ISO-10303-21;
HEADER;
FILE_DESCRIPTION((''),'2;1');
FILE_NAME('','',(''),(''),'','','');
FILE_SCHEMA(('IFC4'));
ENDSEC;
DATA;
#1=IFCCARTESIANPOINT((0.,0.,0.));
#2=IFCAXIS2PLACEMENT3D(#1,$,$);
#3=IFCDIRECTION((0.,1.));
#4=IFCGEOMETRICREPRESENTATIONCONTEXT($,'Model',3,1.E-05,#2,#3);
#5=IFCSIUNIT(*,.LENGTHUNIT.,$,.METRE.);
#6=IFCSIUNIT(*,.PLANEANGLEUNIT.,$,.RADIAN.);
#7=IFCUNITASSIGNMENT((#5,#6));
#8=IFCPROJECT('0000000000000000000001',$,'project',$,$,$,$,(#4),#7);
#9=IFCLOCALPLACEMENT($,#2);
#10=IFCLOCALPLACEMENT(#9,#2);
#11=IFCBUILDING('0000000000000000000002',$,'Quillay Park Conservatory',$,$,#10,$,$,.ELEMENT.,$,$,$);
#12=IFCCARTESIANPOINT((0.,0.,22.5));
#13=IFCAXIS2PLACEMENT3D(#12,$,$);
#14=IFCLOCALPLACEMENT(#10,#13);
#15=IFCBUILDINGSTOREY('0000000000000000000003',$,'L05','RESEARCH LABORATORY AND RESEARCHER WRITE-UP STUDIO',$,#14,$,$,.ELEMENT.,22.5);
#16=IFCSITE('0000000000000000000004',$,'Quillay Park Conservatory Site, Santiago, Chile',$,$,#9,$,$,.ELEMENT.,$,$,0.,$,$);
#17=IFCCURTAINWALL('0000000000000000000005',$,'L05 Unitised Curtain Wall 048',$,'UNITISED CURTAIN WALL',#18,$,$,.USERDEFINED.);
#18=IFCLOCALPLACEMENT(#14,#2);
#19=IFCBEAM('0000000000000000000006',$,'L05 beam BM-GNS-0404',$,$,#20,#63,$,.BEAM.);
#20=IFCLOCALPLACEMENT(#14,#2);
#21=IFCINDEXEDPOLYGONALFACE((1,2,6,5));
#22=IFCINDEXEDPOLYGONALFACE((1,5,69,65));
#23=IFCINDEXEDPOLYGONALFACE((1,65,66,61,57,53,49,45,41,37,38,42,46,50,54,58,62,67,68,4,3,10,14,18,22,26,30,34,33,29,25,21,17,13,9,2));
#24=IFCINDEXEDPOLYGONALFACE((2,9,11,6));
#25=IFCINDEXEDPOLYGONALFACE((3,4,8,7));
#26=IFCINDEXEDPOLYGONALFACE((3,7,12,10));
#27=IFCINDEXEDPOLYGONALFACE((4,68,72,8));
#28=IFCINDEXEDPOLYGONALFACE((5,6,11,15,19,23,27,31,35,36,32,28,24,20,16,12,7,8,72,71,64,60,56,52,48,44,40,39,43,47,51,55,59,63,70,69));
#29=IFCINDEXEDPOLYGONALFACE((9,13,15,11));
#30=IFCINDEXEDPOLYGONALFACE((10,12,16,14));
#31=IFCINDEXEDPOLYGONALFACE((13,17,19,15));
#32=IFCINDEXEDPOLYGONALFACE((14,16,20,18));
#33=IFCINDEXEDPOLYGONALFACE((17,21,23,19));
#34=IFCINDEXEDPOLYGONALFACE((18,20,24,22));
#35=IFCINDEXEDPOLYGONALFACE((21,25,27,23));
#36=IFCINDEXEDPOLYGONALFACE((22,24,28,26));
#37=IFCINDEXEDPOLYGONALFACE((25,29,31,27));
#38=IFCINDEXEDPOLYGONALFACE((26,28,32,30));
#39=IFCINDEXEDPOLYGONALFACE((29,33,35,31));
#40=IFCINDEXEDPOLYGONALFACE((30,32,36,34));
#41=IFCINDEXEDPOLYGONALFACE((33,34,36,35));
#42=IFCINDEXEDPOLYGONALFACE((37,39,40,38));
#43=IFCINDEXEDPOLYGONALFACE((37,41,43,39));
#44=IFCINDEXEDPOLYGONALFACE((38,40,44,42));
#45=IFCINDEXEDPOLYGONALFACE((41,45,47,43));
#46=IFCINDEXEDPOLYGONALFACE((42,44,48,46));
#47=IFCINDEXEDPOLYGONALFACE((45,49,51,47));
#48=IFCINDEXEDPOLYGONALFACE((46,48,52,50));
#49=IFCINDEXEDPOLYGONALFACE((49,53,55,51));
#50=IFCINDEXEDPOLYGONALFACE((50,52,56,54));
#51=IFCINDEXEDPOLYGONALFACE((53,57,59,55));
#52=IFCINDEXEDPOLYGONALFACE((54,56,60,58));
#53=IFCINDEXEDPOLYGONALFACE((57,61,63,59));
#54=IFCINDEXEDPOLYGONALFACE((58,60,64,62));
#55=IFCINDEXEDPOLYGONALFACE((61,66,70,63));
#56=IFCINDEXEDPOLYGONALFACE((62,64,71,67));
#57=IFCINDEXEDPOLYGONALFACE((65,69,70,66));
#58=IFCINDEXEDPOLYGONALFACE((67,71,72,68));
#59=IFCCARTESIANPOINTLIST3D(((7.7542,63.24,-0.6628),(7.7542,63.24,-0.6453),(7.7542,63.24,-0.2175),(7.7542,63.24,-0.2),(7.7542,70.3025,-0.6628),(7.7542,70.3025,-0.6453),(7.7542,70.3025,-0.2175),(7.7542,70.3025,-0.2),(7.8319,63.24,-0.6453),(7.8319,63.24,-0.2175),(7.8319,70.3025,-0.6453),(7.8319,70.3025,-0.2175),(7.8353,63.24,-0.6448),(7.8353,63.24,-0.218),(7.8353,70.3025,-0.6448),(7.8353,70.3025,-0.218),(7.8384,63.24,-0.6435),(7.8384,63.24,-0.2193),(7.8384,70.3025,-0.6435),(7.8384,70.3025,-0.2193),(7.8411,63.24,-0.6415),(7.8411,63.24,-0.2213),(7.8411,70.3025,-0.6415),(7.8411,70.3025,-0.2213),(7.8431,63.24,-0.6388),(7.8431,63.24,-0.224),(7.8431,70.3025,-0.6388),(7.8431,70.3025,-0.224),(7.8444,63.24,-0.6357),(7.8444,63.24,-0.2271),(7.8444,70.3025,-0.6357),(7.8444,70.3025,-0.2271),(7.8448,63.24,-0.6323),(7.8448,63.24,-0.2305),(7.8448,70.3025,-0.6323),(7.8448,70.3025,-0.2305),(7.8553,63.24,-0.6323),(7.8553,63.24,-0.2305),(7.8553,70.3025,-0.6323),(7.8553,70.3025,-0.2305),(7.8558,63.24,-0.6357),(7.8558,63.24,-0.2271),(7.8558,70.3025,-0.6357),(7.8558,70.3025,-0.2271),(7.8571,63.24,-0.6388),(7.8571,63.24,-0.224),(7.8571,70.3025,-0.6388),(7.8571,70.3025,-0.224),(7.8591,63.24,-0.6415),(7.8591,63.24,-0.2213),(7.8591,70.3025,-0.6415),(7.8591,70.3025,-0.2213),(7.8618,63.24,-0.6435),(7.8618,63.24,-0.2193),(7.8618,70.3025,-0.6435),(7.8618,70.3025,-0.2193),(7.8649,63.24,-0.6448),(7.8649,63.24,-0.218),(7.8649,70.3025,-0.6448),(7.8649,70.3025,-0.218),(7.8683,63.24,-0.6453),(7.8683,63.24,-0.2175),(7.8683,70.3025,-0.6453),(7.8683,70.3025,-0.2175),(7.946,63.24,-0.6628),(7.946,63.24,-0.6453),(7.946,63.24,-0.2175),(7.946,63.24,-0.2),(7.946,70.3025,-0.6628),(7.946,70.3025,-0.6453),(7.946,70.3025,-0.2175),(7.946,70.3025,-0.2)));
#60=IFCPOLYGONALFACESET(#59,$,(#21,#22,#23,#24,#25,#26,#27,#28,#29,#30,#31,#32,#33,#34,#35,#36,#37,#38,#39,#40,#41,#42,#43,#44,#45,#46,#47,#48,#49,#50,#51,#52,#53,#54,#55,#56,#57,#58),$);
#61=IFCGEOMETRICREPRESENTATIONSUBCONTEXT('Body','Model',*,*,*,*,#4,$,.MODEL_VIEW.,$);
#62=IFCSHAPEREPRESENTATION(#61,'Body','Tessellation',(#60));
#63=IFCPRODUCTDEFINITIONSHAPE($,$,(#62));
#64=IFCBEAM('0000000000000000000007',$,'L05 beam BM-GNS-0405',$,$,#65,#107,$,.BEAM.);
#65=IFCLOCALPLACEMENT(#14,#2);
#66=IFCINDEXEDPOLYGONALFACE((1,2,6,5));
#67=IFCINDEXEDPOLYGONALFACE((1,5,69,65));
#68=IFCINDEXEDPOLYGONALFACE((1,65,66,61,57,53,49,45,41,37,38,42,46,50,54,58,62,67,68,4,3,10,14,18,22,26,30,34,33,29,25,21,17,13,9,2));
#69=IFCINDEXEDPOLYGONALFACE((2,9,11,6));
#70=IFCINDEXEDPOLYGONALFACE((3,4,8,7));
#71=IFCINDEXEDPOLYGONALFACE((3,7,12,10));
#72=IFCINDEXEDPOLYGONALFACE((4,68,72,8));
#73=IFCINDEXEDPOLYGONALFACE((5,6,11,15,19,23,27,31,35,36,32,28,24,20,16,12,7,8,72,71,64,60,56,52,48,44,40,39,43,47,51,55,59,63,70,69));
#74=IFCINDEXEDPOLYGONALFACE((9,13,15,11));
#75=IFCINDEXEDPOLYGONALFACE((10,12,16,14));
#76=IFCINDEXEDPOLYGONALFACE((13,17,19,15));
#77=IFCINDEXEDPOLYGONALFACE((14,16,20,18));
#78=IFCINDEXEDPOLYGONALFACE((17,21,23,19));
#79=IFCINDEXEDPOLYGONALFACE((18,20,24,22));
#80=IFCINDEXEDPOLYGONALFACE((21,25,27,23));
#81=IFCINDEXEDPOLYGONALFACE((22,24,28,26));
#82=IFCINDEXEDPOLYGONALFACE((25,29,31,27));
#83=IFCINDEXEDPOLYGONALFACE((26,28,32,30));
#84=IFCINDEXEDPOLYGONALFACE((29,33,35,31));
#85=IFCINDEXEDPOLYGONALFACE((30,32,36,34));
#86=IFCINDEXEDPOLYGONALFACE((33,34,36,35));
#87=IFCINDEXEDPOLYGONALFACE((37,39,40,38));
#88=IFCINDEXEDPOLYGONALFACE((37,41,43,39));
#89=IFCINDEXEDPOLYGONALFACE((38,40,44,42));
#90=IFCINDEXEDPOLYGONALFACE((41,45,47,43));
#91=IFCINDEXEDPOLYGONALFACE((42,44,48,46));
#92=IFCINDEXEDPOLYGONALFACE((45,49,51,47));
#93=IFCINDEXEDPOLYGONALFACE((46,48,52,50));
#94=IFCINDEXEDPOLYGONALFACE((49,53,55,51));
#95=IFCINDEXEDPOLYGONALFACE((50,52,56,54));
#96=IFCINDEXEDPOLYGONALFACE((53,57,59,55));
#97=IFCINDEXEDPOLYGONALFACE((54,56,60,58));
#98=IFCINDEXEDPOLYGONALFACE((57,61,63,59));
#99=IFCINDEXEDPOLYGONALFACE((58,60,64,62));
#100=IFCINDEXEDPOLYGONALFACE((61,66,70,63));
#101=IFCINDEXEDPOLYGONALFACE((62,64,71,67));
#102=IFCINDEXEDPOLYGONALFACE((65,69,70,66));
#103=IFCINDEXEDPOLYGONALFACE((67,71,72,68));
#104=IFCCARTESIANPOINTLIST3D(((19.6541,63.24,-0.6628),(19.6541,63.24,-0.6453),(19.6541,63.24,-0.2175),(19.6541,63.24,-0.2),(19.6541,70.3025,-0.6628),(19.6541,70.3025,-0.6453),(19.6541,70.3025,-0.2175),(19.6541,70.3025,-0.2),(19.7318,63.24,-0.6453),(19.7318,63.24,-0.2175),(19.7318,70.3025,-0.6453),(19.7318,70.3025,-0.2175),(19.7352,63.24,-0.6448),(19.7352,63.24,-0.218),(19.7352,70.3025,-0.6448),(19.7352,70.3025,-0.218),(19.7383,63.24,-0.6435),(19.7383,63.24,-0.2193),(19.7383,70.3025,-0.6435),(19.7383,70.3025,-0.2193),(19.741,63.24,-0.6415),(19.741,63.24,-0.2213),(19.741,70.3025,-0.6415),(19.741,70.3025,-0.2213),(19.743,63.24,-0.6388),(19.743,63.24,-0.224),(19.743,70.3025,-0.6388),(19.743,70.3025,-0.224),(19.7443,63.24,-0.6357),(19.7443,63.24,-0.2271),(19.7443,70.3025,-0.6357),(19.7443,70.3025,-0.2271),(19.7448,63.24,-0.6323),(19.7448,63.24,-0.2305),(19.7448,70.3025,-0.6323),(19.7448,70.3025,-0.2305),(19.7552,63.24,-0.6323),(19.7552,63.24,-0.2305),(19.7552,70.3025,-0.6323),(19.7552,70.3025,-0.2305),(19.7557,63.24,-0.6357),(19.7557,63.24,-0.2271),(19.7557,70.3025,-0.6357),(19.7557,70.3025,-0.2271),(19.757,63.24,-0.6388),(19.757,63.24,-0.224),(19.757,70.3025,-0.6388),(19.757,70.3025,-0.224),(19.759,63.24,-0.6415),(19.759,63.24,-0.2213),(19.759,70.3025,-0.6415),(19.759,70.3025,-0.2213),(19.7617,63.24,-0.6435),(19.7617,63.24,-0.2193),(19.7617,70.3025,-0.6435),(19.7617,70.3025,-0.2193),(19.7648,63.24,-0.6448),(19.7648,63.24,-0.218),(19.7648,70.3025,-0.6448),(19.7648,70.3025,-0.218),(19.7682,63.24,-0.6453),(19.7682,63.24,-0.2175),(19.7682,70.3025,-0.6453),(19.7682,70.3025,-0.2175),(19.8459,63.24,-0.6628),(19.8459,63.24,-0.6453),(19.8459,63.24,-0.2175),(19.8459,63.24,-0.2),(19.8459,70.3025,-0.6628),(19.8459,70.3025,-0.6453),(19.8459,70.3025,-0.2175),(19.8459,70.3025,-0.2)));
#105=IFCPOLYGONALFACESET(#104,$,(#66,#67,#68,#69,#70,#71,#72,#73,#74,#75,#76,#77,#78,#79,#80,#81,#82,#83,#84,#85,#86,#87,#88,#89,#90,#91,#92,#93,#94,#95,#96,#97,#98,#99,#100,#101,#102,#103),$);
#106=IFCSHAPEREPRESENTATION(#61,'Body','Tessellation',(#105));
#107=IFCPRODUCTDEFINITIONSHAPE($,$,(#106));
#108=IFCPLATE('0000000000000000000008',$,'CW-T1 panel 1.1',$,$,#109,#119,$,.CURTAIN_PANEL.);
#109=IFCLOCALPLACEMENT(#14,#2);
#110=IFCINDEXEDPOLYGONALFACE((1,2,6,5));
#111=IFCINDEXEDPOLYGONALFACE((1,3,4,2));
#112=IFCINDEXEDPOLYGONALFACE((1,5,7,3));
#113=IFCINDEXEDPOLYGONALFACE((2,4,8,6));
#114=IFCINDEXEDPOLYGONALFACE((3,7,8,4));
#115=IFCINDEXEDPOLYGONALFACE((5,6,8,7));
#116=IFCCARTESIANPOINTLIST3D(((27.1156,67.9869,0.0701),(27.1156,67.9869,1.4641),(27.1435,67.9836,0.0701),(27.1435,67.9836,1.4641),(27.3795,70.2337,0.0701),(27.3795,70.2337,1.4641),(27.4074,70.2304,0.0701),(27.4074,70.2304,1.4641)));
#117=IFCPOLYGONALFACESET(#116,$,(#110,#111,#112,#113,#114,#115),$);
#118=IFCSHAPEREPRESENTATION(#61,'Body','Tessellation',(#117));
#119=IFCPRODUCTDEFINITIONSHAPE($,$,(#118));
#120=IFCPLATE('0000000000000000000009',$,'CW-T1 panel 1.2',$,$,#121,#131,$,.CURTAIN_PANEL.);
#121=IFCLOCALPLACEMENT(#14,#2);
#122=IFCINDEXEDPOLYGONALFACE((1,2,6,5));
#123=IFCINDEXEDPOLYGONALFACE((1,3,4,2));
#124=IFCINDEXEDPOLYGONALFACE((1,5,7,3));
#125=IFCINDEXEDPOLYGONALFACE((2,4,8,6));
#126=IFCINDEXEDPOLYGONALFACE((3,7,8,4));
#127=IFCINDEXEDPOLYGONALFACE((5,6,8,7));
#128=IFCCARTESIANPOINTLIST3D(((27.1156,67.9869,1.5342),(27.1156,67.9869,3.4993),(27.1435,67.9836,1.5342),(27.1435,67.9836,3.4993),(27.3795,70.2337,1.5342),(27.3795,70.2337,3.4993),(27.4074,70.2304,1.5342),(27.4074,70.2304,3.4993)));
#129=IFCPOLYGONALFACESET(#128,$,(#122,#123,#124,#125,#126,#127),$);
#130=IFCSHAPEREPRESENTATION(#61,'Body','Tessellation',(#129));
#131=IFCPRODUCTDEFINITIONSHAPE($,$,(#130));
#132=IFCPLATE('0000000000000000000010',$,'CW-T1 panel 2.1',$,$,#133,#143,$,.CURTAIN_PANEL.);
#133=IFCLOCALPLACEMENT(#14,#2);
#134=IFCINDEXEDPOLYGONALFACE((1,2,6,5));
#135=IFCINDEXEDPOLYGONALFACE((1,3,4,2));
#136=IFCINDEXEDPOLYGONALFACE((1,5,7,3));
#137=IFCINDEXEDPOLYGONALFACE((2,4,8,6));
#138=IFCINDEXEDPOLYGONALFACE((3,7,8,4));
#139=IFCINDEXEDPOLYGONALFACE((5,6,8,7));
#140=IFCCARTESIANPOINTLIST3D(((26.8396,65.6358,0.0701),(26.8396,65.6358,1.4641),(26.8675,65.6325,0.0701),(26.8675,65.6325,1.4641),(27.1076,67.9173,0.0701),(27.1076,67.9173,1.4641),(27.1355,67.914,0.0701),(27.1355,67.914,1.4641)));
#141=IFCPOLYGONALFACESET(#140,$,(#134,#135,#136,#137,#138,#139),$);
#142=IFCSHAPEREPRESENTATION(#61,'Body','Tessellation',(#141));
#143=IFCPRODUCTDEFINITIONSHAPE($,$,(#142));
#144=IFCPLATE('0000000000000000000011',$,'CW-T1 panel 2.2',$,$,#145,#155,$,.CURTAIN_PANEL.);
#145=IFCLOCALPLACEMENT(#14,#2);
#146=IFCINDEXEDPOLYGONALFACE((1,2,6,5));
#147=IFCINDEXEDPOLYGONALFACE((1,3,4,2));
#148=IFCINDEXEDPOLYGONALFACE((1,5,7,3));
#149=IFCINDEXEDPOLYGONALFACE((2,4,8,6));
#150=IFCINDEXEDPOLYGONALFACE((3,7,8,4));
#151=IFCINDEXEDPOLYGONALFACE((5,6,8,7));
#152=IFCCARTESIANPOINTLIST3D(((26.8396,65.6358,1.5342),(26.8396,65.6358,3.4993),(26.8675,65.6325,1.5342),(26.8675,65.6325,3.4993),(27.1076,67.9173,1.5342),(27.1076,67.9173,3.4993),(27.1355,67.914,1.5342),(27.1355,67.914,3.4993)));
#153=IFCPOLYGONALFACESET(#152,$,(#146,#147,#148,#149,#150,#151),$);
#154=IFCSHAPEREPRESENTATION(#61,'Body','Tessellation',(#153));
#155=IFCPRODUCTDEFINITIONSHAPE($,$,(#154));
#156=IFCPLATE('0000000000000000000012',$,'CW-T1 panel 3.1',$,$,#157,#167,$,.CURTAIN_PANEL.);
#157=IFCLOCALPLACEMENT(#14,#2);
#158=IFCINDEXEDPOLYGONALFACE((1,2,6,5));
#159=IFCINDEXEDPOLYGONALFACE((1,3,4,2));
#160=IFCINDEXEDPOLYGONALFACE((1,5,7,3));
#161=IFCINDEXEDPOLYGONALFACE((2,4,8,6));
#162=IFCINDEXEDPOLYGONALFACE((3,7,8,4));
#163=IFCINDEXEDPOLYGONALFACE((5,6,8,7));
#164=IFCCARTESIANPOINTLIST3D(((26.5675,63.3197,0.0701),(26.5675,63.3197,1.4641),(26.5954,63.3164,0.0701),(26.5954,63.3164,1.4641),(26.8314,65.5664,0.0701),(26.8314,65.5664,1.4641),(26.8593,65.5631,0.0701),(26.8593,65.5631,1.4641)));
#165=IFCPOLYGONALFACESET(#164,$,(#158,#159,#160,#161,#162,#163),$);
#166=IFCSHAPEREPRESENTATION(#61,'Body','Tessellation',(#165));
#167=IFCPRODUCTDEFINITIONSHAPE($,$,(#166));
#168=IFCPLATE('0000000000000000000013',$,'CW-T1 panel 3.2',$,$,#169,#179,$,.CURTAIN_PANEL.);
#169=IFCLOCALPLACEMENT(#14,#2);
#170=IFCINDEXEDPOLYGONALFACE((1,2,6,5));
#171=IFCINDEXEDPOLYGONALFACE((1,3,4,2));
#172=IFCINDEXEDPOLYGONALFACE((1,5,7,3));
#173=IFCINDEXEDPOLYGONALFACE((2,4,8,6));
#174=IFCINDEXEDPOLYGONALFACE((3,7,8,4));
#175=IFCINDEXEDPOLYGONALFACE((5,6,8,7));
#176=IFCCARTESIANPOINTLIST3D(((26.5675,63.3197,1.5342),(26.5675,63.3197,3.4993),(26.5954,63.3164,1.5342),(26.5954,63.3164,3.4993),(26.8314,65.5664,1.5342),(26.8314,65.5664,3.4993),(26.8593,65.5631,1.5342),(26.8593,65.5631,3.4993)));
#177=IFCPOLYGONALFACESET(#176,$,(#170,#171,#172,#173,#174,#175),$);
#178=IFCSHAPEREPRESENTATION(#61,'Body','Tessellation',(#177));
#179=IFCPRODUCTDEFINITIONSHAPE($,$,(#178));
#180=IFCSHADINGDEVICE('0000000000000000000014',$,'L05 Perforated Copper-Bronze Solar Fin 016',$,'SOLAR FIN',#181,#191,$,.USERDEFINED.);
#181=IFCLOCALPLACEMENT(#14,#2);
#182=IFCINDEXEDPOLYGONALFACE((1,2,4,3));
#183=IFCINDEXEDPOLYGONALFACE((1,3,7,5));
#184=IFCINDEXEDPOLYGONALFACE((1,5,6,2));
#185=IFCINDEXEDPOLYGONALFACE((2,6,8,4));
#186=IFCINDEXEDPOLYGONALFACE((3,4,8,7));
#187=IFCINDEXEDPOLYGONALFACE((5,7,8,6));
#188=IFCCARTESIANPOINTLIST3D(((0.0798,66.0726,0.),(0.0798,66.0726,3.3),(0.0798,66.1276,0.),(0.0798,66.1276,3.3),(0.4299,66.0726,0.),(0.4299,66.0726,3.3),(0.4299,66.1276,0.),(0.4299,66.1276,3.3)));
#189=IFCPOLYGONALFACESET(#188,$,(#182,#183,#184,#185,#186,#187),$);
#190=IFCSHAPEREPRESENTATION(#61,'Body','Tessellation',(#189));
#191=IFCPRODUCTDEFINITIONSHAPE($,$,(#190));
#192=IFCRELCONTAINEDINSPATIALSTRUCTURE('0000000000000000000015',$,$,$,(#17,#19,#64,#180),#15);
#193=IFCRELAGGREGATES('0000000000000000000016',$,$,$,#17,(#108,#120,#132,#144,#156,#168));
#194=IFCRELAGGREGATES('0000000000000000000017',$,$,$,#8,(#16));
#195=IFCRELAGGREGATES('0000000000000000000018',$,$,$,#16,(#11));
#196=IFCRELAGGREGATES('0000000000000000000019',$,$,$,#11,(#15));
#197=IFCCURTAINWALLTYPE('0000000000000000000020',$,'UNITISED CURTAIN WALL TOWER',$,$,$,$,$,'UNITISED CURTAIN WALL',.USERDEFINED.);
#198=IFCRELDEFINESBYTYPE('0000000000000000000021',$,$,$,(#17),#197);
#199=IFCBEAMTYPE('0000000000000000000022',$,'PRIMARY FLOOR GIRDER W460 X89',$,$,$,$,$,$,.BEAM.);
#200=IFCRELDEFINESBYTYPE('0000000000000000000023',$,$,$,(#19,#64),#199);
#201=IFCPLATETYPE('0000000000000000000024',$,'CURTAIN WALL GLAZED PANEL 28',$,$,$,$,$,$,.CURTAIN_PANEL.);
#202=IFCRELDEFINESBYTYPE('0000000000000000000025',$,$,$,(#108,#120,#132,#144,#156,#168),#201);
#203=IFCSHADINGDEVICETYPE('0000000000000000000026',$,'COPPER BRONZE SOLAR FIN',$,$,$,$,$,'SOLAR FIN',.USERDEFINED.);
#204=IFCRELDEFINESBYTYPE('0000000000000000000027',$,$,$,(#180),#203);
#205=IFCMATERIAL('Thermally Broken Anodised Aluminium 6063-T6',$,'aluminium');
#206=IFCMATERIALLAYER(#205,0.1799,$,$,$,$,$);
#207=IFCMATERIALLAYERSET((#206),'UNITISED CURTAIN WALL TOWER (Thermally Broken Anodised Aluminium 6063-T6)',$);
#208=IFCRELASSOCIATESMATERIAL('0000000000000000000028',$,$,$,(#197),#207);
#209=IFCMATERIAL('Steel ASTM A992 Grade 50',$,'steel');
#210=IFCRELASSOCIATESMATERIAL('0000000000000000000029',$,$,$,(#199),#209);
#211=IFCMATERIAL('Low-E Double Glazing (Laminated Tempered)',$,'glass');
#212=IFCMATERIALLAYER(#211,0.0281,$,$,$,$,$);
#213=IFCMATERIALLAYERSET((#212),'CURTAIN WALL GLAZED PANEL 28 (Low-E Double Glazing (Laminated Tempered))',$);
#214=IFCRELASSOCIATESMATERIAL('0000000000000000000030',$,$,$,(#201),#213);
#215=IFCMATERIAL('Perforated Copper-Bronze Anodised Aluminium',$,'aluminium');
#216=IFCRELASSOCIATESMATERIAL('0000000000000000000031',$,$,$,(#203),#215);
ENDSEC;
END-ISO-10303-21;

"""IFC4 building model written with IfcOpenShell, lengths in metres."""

from ifc_helpers import new_model, si_unit, direction, frame, origin, origin_2d, place, context, subcontext, project, spatial, rectangle, i_section, extrude, material, layer, layer_set, material_profile, profile_set, type_object, element, aggregate, save


model = new_model("IFC4")

# Units and contexts
model_context = context("Model", 3, precision=1e-05, world=origin(), true_north=direction((0.0, 1.0)))
body_context = subcontext(model_context, "Body", "Model", "MODEL_VIEW")
ifc_project = project(units=[si_unit("LENGTHUNIT", "METRE"), si_unit("PLANEANGLEUNIT", "RADIAN")], contexts=[model_context])

# Site, building, storey
site_placement = place(None, origin())
site = spatial("IfcSite", under=ifc_project, at=site_placement, Name="Quillay Park Conservatory Site, Santiago, Chile", CompositionType="ELEMENT", RefElevation=0.0)
building_placement = place(site_placement, origin())
building = spatial("IfcBuilding", under=site, at=building_placement, Name="Quillay Park Conservatory", CompositionType="ELEMENT")
storey_placement = place(building_placement, frame((0.0, 0.0, 22.5)))
storey = spatial("IfcBuildingStorey", under=building, at=storey_placement, Name="L05", Description="RESEARCH LABORATORY AND RESEARCHER WRITE-UP STUDIO", CompositionType="ELEMENT", Elevation=22.5)

# Curtain wall
ifc_material_1 = material(Name="Thermally Broken Anodised Aluminium 6063-T6", Category="aluminium")
ifc_layer_1 = layer(ifc_material_1, 0.1799)
ifc_layer_set_1 = layer_set([ifc_layer_1], Name="UNITISED CURTAIN WALL TOWER (Thermally Broken Anodised Aluminium 6063-T6)")
curtain_wall_type = type_object("IfcCurtainWallType", Name="UNITISED CURTAIN WALL TOWER", ElementType="UNITISED CURTAIN WALL", PredefinedType="USERDEFINED", material=ifc_layer_set_1)
curtain_wall_placement = place(storey_placement, origin())
curtain_wall = element("IfcCurtainWall", 1, at=curtain_wall_placement, inside=storey, type_object=curtain_wall_type, Name="L05 Unitised Curtain Wall 048", ObjectType="UNITISED CURTAIN WALL", PredefinedType="USERDEFINED")

# Beams
ifc_material_2 = material(Name="Steel ASTM A992 Grade 50", Category="steel")
ifc_material_profile_1 = material_profile(ifc_material_2, i_section(OverallWidth=0.1919, OverallDepth=0.4629, WebThickness=0.0105, FlangeThickness=0.0176, FilletRadius=0.0129, at=origin_2d()), Name="W460x89")
ifc_profile_set_1 = profile_set([ifc_material_profile_1], Name="Steel ASTM A992 Grade 50")
beam_type_1 = type_object("IfcBeamType", Name="PRIMARY FLOOR GIRDER W460 X89", PredefinedType="BEAM", material=ifc_profile_set_1)
for number, where, z_axis, x_axis, name in (
    (2, (7.8501, 63.24, -0.4314), (0.0, 1.0, 0.0), (-1.0, 0.0, 0.0), "L05 beam BM-GNS-0404"),
    (3, (19.75, 63.24, -0.4314), (0.0, 1.0, 0.0), (-1.0, 0.0, 0.0), "L05 beam BM-GNS-0405"),
):
    element("IfcBeam", number, at=place(storey_placement, frame(where, z_axis=z_axis, x_axis=x_axis)), inside=storey, type_object=beam_type_1, Name=name, PredefinedType="BEAM", context=body_context, shape_type="SweptSolid", body=[
        extrude(i_section(OverallWidth=0.1919, OverallDepth=0.4629, WebThickness=0.0105, FlangeThickness=0.0176, FilletRadius=0.0129, at=origin_2d()), origin(), (0.0, 0.0, 1.0), 7.0625),
    ])

# Plates
ifc_material_3 = material(Name="Low-E Double Glazing (Laminated Tempered)", Category="glass")
ifc_layer_2 = layer(ifc_material_3, 0.0281)
ifc_layer_set_2 = layer_set([ifc_layer_2], Name="CURTAIN WALL GLAZED PANEL 28 (Low-E Double Glazing (Laminated Tempered))")
plate_type = type_object("IfcPlateType", Name="CURTAIN WALL GLAZED PANEL 28", PredefinedType="CURTAIN_PANEL", material=ifc_layer_set_2)
plate_1_placement = place(storey_placement, frame((27.2615, 69.1086, 0.0701), z_axis=(0.0, 0.0, 1.0), x_axis=(-0.116655, -0.993173, 0.0)))
plate_1 = element("IfcPlate", 4, at=plate_1_placement, type_object=plate_type, Name="CW-T1 panel 1.1", PredefinedType="CURTAIN_PANEL", context=body_context, shape_type="SweptSolid", body=[
    extrude(rectangle(XDim=2.2622, YDim=0.0281, at=origin_2d()), origin(), (0.0, 0.0, 1.0), 1.394),
])
plate_2_placement = place(storey_placement, frame((27.2615, 69.1086, 1.5342), z_axis=(0.0, 0.0, 1.0), x_axis=(-0.116655, -0.993173, 0.0)))
plate_2 = element("IfcPlate", 5, at=plate_2_placement, type_object=plate_type, Name="CW-T1 panel 1.2", PredefinedType="CURTAIN_PANEL", context=body_context, shape_type="SweptSolid", body=[
    extrude(rectangle(XDim=2.2622, YDim=0.0281, at=origin_2d()), origin(), (0.0, 0.0, 1.0), 1.9651),
])
plate_3_placement = place(storey_placement, frame((26.9875, 66.7749, 0.0701), z_axis=(0.0, 0.0, 1.0), x_axis=(-0.116655, -0.993173, 0.0)))
plate_3 = element("IfcPlate", 6, at=plate_3_placement, type_object=plate_type, Name="CW-T1 panel 2.1", PredefinedType="CURTAIN_PANEL", context=body_context, shape_type="SweptSolid", body=[
    extrude(rectangle(XDim=2.2971, YDim=0.0281, at=origin_2d()), origin(), (0.0, 0.0, 1.0), 1.394),
])
plate_4_placement = place(storey_placement, frame((26.9875, 66.7749, 1.5342), z_axis=(0.0, 0.0, 1.0), x_axis=(-0.116655, -0.993173, 0.0)))
plate_4 = element("IfcPlate", 7, at=plate_4_placement, type_object=plate_type, Name="CW-T1 panel 2.2", PredefinedType="CURTAIN_PANEL", context=body_context, shape_type="SweptSolid", body=[
    extrude(rectangle(XDim=2.2971, YDim=0.0281, at=origin_2d()), origin(), (0.0, 0.0, 1.0), 1.9651),
])
plate_5_placement = place(storey_placement, frame((26.7134, 64.4414, 0.0701), z_axis=(0.0, 0.0, 1.0), x_axis=(-0.116655, -0.993173, 0.0)))
plate_5 = element("IfcPlate", 8, at=plate_5_placement, type_object=plate_type, Name="CW-T1 panel 3.1", PredefinedType="CURTAIN_PANEL", context=body_context, shape_type="SweptSolid", body=[
    extrude(rectangle(XDim=2.2622, YDim=0.0281, at=origin_2d()), origin(), (0.0, 0.0, 1.0), 1.394),
])
plate_6_placement = place(storey_placement, frame((26.7134, 64.4414, 1.5342), z_axis=(0.0, 0.0, 1.0), x_axis=(-0.116655, -0.993173, 0.0)))
plate_6 = element("IfcPlate", 9, at=plate_6_placement, type_object=plate_type, Name="CW-T1 panel 3.2", PredefinedType="CURTAIN_PANEL", context=body_context, shape_type="SweptSolid", body=[
    extrude(rectangle(XDim=2.2622, YDim=0.0281, at=origin_2d()), origin(), (0.0, 0.0, 1.0), 1.9651),
])
aggregate(curtain_wall, [plate_1, plate_2, plate_3, plate_4, plate_5, plate_6])

# Shading device
ifc_material_4 = material(Name="Perforated Copper-Bronze Anodised Aluminium", Category="aluminium")
shading_device_type = type_object("IfcShadingDeviceType", Name="COPPER BRONZE SOLAR FIN", ElementType="SOLAR FIN", PredefinedType="USERDEFINED", material=ifc_material_4)
shading_device_placement = place(storey_placement, frame((0.2549, 66.1001, 0.0), z_axis=(0.0, 0.0, 1.0), x_axis=(1.0, 0.0, 0.0)))
element("IfcShadingDevice", 10, at=shading_device_placement, inside=storey, type_object=shading_device_type, Name="L05 Perforated Copper-Bronze Solar Fin 016", ObjectType="SOLAR FIN", PredefinedType="USERDEFINED", context=body_context, shape_type="SweptSolid", body=[
    extrude(rectangle(XDim=0.3501, YDim=0.0549, at=origin_2d()), origin(), (0.0, 0.0, 1.0), 3.3),
])

save(model, "model.ifc")
